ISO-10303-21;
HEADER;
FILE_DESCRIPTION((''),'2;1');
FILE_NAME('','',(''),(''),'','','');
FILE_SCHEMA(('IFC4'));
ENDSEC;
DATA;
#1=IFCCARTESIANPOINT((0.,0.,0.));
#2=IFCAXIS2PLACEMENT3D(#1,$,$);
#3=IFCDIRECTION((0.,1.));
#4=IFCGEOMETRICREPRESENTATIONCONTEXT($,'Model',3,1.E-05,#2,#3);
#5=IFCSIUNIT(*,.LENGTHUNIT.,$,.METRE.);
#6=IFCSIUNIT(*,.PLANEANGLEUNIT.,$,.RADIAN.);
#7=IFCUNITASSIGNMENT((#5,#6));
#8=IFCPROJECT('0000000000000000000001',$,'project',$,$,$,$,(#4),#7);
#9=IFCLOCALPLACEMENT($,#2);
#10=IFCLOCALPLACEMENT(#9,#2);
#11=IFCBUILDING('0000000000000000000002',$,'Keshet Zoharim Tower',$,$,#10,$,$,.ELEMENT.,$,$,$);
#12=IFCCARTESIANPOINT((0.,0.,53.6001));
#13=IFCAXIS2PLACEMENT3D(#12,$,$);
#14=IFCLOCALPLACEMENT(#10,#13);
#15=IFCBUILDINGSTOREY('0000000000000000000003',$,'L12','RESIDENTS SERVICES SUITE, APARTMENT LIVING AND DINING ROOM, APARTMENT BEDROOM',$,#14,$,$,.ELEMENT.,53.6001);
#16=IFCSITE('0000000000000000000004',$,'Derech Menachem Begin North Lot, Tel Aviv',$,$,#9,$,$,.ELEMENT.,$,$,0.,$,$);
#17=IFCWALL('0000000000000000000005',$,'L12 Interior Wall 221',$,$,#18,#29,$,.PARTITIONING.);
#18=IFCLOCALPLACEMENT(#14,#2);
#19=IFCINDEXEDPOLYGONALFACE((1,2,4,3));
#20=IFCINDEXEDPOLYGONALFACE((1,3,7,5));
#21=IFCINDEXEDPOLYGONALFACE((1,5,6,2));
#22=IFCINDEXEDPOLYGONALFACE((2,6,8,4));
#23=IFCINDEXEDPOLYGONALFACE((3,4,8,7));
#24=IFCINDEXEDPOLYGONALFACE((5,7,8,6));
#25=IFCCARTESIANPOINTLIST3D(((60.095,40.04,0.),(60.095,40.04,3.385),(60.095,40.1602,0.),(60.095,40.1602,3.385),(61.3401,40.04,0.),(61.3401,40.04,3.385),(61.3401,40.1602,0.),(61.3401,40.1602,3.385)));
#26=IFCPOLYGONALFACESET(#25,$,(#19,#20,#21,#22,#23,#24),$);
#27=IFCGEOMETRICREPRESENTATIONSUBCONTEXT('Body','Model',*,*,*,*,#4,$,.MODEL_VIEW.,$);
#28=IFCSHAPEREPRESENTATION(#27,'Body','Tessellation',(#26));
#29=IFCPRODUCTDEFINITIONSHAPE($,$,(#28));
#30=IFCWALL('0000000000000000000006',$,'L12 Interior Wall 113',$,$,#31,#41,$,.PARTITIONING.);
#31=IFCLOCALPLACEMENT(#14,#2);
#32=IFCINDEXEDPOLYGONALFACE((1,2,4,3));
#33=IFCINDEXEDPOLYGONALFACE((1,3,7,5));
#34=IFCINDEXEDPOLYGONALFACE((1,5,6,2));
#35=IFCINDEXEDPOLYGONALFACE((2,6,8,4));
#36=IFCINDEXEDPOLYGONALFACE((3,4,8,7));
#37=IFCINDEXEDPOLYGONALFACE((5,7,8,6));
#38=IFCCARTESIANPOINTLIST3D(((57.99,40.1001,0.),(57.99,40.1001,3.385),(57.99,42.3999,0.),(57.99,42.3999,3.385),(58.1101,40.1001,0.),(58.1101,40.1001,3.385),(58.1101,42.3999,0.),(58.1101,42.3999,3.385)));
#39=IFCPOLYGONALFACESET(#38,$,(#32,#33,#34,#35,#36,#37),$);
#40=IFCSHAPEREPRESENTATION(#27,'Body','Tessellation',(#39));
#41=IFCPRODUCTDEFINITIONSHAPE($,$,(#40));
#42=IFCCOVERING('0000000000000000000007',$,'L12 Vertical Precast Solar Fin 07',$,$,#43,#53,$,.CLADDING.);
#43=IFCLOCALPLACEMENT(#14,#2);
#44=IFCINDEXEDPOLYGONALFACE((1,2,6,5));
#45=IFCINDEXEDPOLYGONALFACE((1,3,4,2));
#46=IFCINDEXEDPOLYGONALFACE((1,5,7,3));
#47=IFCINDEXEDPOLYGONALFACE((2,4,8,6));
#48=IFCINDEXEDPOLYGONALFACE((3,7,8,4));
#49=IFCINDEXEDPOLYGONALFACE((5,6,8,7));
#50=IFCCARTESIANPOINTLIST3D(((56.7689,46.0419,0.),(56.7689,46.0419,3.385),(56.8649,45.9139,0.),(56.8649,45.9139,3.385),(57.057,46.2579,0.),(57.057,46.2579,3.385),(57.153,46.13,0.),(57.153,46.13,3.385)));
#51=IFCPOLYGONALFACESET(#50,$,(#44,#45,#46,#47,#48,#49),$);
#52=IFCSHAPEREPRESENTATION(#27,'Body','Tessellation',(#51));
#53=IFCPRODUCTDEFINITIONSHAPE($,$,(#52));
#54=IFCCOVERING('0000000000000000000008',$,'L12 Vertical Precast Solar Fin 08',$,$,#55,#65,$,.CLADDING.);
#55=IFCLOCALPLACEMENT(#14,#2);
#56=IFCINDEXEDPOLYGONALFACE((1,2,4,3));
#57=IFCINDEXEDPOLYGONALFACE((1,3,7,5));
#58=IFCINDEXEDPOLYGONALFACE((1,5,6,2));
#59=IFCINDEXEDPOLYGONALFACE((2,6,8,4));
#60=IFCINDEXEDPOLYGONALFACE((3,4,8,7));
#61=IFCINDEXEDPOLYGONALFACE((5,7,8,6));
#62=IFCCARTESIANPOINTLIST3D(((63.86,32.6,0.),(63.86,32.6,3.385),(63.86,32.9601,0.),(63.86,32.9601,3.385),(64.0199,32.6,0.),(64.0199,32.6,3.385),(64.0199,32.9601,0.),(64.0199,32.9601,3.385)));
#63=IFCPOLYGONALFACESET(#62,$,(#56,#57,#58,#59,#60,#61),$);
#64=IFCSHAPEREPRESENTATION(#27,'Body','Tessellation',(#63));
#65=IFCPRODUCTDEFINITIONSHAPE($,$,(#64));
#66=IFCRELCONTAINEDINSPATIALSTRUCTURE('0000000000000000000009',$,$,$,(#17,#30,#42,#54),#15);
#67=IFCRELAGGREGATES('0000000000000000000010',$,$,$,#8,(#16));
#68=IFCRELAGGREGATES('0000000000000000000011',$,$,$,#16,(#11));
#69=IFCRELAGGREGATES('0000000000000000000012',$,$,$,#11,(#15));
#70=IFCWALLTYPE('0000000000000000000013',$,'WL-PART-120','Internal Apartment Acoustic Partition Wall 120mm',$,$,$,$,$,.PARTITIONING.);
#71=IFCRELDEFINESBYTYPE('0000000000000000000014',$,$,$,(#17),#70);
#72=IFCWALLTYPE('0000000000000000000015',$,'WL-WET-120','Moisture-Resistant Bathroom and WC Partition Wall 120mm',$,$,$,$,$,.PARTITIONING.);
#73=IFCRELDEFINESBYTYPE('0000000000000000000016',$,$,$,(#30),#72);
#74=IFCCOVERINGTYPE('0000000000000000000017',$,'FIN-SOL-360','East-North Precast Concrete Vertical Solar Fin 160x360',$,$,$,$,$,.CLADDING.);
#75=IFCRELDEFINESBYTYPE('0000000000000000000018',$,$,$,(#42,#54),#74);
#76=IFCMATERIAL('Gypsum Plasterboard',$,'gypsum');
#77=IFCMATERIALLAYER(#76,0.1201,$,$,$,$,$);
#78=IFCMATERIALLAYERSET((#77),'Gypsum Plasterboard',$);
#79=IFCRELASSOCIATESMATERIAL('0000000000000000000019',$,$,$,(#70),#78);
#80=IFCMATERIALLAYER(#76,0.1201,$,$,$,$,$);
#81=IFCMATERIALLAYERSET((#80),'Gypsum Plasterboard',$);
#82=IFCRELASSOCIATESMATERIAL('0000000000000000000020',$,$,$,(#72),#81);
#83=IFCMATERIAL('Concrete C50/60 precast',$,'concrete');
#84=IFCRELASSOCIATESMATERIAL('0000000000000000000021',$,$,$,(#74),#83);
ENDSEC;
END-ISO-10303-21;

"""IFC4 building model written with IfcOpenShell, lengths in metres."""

from ifc_helpers import new_model, si_unit, direction, frame, frame_2d, origin, origin_2d, place, context, subcontext, project, spatial, rectangle, extrude, material, layer, layer_set, type_object, element, save


model = new_model("IFC4")

# Units and contexts
model_context = context("Model", 3, precision=1e-05, world=origin(), true_north=direction((0.0, 1.0)))
body_context = subcontext(model_context, "Body", "Model", "MODEL_VIEW")
ifc_project = project(units=[si_unit("LENGTHUNIT", "METRE"), si_unit("PLANEANGLEUNIT", "RADIAN")], contexts=[model_context])

# Site, building, storey
site_placement = place(None, origin())
site = spatial("IfcSite", under=ifc_project, at=site_placement, Name="Derech Menachem Begin North Lot, Tel Aviv", CompositionType="ELEMENT", RefElevation=0.0)
building_placement = place(site_placement, origin())
building = spatial("IfcBuilding", under=site, at=building_placement, Name="Keshet Zoharim Tower", CompositionType="ELEMENT")
storey_placement = place(building_placement, frame((0.0, 0.0, 53.6001)))
storey = spatial("IfcBuildingStorey", under=building, at=storey_placement, Name="L12", Description="RESIDENTS SERVICES SUITE, APARTMENT LIVING AND DINING ROOM, APARTMENT BEDROOM", CompositionType="ELEMENT", Elevation=53.6001)

# Walls
ifc_material_1 = material(Name="Gypsum Plasterboard", Category="gypsum")
ifc_layer_1 = layer(ifc_material_1, 0.1201)
ifc_layer_set_1 = layer_set([ifc_layer_1], Name="Gypsum Plasterboard")
wall_type_1 = type_object("IfcWallType", Name="WL-PART-120", Description="Internal Apartment Acoustic Partition Wall 120mm", PredefinedType="PARTITIONING", material=ifc_layer_set_1)
wall_1_placement = place(storey_placement, frame((60.095, 40.1001, 0.0), z_axis=(0.0, 0.0, 1.0), x_axis=(1.0, 0.0, 0.0)))
element("IfcWall", 1, at=wall_1_placement, inside=storey, type_object=wall_type_1, Name="L12 Interior Wall 221", PredefinedType="PARTITIONING", context=body_context, shape_type="SweptSolid", body=[
    extrude(rectangle(XDim=1.2451, YDim=0.1201, at=frame_2d((0.6226, 0.0))), origin(), (0.0, 0.0, 1.0), 3.385),
])
ifc_layer_2 = layer(ifc_material_1, 0.1201)
ifc_layer_set_2 = layer_set([ifc_layer_2], Name="Gypsum Plasterboard")
wall_type_2 = type_object("IfcWallType", Name="WL-WET-120", Description="Moisture-Resistant Bathroom and WC Partition Wall 120mm", PredefinedType="PARTITIONING", material=ifc_layer_set_2)
wall_2_placement = place(storey_placement, frame((58.05, 40.1001, 0.0), z_axis=(0.0, 0.0, 1.0), x_axis=(0.0, 1.0, 0.0)))
element("IfcWall", 2, at=wall_2_placement, inside=storey, type_object=wall_type_2, Name="L12 Interior Wall 113", PredefinedType="PARTITIONING", context=body_context, shape_type="SweptSolid", body=[
    extrude(rectangle(XDim=2.2998, YDim=0.1201, at=frame_2d((1.1499, 0.0))), origin(), (0.0, 0.0, 1.0), 3.385),
])

# Coverings
ifc_material_2 = material(Name="Concrete C50/60 precast", Category="concrete")
covering_type = type_object("IfcCoveringType", Name="FIN-SOL-360", Description="East-North Precast Concrete Vertical Solar Fin 160x360", PredefinedType="CLADDING", material=ifc_material_2)
for number, where, z_axis, x_axis, name in (
    (3, (56.9609, 46.0859, 0.0), (0.0, 0.0, 1.0), (0.6, -0.8, 0.0), "L12 Vertical Precast Solar Fin 07"),
    (4, (63.9399, 32.78, 0.0), (0.0, 0.0, 1.0), (1.0, 0.0, 0.0), "L12 Vertical Precast Solar Fin 08"),
):
    element("IfcCovering", number, at=place(storey_placement, frame(where, z_axis=z_axis, x_axis=x_axis)), inside=storey, type_object=covering_type, Name=name, PredefinedType="CLADDING", context=body_context, shape_type="SweptSolid", body=[
        extrude(rectangle(XDim=0.1599, YDim=0.3601, at=origin_2d()), origin(), (0.0, 0.0, 1.0), 3.385),
    ])

save(model, "model.ifc")
